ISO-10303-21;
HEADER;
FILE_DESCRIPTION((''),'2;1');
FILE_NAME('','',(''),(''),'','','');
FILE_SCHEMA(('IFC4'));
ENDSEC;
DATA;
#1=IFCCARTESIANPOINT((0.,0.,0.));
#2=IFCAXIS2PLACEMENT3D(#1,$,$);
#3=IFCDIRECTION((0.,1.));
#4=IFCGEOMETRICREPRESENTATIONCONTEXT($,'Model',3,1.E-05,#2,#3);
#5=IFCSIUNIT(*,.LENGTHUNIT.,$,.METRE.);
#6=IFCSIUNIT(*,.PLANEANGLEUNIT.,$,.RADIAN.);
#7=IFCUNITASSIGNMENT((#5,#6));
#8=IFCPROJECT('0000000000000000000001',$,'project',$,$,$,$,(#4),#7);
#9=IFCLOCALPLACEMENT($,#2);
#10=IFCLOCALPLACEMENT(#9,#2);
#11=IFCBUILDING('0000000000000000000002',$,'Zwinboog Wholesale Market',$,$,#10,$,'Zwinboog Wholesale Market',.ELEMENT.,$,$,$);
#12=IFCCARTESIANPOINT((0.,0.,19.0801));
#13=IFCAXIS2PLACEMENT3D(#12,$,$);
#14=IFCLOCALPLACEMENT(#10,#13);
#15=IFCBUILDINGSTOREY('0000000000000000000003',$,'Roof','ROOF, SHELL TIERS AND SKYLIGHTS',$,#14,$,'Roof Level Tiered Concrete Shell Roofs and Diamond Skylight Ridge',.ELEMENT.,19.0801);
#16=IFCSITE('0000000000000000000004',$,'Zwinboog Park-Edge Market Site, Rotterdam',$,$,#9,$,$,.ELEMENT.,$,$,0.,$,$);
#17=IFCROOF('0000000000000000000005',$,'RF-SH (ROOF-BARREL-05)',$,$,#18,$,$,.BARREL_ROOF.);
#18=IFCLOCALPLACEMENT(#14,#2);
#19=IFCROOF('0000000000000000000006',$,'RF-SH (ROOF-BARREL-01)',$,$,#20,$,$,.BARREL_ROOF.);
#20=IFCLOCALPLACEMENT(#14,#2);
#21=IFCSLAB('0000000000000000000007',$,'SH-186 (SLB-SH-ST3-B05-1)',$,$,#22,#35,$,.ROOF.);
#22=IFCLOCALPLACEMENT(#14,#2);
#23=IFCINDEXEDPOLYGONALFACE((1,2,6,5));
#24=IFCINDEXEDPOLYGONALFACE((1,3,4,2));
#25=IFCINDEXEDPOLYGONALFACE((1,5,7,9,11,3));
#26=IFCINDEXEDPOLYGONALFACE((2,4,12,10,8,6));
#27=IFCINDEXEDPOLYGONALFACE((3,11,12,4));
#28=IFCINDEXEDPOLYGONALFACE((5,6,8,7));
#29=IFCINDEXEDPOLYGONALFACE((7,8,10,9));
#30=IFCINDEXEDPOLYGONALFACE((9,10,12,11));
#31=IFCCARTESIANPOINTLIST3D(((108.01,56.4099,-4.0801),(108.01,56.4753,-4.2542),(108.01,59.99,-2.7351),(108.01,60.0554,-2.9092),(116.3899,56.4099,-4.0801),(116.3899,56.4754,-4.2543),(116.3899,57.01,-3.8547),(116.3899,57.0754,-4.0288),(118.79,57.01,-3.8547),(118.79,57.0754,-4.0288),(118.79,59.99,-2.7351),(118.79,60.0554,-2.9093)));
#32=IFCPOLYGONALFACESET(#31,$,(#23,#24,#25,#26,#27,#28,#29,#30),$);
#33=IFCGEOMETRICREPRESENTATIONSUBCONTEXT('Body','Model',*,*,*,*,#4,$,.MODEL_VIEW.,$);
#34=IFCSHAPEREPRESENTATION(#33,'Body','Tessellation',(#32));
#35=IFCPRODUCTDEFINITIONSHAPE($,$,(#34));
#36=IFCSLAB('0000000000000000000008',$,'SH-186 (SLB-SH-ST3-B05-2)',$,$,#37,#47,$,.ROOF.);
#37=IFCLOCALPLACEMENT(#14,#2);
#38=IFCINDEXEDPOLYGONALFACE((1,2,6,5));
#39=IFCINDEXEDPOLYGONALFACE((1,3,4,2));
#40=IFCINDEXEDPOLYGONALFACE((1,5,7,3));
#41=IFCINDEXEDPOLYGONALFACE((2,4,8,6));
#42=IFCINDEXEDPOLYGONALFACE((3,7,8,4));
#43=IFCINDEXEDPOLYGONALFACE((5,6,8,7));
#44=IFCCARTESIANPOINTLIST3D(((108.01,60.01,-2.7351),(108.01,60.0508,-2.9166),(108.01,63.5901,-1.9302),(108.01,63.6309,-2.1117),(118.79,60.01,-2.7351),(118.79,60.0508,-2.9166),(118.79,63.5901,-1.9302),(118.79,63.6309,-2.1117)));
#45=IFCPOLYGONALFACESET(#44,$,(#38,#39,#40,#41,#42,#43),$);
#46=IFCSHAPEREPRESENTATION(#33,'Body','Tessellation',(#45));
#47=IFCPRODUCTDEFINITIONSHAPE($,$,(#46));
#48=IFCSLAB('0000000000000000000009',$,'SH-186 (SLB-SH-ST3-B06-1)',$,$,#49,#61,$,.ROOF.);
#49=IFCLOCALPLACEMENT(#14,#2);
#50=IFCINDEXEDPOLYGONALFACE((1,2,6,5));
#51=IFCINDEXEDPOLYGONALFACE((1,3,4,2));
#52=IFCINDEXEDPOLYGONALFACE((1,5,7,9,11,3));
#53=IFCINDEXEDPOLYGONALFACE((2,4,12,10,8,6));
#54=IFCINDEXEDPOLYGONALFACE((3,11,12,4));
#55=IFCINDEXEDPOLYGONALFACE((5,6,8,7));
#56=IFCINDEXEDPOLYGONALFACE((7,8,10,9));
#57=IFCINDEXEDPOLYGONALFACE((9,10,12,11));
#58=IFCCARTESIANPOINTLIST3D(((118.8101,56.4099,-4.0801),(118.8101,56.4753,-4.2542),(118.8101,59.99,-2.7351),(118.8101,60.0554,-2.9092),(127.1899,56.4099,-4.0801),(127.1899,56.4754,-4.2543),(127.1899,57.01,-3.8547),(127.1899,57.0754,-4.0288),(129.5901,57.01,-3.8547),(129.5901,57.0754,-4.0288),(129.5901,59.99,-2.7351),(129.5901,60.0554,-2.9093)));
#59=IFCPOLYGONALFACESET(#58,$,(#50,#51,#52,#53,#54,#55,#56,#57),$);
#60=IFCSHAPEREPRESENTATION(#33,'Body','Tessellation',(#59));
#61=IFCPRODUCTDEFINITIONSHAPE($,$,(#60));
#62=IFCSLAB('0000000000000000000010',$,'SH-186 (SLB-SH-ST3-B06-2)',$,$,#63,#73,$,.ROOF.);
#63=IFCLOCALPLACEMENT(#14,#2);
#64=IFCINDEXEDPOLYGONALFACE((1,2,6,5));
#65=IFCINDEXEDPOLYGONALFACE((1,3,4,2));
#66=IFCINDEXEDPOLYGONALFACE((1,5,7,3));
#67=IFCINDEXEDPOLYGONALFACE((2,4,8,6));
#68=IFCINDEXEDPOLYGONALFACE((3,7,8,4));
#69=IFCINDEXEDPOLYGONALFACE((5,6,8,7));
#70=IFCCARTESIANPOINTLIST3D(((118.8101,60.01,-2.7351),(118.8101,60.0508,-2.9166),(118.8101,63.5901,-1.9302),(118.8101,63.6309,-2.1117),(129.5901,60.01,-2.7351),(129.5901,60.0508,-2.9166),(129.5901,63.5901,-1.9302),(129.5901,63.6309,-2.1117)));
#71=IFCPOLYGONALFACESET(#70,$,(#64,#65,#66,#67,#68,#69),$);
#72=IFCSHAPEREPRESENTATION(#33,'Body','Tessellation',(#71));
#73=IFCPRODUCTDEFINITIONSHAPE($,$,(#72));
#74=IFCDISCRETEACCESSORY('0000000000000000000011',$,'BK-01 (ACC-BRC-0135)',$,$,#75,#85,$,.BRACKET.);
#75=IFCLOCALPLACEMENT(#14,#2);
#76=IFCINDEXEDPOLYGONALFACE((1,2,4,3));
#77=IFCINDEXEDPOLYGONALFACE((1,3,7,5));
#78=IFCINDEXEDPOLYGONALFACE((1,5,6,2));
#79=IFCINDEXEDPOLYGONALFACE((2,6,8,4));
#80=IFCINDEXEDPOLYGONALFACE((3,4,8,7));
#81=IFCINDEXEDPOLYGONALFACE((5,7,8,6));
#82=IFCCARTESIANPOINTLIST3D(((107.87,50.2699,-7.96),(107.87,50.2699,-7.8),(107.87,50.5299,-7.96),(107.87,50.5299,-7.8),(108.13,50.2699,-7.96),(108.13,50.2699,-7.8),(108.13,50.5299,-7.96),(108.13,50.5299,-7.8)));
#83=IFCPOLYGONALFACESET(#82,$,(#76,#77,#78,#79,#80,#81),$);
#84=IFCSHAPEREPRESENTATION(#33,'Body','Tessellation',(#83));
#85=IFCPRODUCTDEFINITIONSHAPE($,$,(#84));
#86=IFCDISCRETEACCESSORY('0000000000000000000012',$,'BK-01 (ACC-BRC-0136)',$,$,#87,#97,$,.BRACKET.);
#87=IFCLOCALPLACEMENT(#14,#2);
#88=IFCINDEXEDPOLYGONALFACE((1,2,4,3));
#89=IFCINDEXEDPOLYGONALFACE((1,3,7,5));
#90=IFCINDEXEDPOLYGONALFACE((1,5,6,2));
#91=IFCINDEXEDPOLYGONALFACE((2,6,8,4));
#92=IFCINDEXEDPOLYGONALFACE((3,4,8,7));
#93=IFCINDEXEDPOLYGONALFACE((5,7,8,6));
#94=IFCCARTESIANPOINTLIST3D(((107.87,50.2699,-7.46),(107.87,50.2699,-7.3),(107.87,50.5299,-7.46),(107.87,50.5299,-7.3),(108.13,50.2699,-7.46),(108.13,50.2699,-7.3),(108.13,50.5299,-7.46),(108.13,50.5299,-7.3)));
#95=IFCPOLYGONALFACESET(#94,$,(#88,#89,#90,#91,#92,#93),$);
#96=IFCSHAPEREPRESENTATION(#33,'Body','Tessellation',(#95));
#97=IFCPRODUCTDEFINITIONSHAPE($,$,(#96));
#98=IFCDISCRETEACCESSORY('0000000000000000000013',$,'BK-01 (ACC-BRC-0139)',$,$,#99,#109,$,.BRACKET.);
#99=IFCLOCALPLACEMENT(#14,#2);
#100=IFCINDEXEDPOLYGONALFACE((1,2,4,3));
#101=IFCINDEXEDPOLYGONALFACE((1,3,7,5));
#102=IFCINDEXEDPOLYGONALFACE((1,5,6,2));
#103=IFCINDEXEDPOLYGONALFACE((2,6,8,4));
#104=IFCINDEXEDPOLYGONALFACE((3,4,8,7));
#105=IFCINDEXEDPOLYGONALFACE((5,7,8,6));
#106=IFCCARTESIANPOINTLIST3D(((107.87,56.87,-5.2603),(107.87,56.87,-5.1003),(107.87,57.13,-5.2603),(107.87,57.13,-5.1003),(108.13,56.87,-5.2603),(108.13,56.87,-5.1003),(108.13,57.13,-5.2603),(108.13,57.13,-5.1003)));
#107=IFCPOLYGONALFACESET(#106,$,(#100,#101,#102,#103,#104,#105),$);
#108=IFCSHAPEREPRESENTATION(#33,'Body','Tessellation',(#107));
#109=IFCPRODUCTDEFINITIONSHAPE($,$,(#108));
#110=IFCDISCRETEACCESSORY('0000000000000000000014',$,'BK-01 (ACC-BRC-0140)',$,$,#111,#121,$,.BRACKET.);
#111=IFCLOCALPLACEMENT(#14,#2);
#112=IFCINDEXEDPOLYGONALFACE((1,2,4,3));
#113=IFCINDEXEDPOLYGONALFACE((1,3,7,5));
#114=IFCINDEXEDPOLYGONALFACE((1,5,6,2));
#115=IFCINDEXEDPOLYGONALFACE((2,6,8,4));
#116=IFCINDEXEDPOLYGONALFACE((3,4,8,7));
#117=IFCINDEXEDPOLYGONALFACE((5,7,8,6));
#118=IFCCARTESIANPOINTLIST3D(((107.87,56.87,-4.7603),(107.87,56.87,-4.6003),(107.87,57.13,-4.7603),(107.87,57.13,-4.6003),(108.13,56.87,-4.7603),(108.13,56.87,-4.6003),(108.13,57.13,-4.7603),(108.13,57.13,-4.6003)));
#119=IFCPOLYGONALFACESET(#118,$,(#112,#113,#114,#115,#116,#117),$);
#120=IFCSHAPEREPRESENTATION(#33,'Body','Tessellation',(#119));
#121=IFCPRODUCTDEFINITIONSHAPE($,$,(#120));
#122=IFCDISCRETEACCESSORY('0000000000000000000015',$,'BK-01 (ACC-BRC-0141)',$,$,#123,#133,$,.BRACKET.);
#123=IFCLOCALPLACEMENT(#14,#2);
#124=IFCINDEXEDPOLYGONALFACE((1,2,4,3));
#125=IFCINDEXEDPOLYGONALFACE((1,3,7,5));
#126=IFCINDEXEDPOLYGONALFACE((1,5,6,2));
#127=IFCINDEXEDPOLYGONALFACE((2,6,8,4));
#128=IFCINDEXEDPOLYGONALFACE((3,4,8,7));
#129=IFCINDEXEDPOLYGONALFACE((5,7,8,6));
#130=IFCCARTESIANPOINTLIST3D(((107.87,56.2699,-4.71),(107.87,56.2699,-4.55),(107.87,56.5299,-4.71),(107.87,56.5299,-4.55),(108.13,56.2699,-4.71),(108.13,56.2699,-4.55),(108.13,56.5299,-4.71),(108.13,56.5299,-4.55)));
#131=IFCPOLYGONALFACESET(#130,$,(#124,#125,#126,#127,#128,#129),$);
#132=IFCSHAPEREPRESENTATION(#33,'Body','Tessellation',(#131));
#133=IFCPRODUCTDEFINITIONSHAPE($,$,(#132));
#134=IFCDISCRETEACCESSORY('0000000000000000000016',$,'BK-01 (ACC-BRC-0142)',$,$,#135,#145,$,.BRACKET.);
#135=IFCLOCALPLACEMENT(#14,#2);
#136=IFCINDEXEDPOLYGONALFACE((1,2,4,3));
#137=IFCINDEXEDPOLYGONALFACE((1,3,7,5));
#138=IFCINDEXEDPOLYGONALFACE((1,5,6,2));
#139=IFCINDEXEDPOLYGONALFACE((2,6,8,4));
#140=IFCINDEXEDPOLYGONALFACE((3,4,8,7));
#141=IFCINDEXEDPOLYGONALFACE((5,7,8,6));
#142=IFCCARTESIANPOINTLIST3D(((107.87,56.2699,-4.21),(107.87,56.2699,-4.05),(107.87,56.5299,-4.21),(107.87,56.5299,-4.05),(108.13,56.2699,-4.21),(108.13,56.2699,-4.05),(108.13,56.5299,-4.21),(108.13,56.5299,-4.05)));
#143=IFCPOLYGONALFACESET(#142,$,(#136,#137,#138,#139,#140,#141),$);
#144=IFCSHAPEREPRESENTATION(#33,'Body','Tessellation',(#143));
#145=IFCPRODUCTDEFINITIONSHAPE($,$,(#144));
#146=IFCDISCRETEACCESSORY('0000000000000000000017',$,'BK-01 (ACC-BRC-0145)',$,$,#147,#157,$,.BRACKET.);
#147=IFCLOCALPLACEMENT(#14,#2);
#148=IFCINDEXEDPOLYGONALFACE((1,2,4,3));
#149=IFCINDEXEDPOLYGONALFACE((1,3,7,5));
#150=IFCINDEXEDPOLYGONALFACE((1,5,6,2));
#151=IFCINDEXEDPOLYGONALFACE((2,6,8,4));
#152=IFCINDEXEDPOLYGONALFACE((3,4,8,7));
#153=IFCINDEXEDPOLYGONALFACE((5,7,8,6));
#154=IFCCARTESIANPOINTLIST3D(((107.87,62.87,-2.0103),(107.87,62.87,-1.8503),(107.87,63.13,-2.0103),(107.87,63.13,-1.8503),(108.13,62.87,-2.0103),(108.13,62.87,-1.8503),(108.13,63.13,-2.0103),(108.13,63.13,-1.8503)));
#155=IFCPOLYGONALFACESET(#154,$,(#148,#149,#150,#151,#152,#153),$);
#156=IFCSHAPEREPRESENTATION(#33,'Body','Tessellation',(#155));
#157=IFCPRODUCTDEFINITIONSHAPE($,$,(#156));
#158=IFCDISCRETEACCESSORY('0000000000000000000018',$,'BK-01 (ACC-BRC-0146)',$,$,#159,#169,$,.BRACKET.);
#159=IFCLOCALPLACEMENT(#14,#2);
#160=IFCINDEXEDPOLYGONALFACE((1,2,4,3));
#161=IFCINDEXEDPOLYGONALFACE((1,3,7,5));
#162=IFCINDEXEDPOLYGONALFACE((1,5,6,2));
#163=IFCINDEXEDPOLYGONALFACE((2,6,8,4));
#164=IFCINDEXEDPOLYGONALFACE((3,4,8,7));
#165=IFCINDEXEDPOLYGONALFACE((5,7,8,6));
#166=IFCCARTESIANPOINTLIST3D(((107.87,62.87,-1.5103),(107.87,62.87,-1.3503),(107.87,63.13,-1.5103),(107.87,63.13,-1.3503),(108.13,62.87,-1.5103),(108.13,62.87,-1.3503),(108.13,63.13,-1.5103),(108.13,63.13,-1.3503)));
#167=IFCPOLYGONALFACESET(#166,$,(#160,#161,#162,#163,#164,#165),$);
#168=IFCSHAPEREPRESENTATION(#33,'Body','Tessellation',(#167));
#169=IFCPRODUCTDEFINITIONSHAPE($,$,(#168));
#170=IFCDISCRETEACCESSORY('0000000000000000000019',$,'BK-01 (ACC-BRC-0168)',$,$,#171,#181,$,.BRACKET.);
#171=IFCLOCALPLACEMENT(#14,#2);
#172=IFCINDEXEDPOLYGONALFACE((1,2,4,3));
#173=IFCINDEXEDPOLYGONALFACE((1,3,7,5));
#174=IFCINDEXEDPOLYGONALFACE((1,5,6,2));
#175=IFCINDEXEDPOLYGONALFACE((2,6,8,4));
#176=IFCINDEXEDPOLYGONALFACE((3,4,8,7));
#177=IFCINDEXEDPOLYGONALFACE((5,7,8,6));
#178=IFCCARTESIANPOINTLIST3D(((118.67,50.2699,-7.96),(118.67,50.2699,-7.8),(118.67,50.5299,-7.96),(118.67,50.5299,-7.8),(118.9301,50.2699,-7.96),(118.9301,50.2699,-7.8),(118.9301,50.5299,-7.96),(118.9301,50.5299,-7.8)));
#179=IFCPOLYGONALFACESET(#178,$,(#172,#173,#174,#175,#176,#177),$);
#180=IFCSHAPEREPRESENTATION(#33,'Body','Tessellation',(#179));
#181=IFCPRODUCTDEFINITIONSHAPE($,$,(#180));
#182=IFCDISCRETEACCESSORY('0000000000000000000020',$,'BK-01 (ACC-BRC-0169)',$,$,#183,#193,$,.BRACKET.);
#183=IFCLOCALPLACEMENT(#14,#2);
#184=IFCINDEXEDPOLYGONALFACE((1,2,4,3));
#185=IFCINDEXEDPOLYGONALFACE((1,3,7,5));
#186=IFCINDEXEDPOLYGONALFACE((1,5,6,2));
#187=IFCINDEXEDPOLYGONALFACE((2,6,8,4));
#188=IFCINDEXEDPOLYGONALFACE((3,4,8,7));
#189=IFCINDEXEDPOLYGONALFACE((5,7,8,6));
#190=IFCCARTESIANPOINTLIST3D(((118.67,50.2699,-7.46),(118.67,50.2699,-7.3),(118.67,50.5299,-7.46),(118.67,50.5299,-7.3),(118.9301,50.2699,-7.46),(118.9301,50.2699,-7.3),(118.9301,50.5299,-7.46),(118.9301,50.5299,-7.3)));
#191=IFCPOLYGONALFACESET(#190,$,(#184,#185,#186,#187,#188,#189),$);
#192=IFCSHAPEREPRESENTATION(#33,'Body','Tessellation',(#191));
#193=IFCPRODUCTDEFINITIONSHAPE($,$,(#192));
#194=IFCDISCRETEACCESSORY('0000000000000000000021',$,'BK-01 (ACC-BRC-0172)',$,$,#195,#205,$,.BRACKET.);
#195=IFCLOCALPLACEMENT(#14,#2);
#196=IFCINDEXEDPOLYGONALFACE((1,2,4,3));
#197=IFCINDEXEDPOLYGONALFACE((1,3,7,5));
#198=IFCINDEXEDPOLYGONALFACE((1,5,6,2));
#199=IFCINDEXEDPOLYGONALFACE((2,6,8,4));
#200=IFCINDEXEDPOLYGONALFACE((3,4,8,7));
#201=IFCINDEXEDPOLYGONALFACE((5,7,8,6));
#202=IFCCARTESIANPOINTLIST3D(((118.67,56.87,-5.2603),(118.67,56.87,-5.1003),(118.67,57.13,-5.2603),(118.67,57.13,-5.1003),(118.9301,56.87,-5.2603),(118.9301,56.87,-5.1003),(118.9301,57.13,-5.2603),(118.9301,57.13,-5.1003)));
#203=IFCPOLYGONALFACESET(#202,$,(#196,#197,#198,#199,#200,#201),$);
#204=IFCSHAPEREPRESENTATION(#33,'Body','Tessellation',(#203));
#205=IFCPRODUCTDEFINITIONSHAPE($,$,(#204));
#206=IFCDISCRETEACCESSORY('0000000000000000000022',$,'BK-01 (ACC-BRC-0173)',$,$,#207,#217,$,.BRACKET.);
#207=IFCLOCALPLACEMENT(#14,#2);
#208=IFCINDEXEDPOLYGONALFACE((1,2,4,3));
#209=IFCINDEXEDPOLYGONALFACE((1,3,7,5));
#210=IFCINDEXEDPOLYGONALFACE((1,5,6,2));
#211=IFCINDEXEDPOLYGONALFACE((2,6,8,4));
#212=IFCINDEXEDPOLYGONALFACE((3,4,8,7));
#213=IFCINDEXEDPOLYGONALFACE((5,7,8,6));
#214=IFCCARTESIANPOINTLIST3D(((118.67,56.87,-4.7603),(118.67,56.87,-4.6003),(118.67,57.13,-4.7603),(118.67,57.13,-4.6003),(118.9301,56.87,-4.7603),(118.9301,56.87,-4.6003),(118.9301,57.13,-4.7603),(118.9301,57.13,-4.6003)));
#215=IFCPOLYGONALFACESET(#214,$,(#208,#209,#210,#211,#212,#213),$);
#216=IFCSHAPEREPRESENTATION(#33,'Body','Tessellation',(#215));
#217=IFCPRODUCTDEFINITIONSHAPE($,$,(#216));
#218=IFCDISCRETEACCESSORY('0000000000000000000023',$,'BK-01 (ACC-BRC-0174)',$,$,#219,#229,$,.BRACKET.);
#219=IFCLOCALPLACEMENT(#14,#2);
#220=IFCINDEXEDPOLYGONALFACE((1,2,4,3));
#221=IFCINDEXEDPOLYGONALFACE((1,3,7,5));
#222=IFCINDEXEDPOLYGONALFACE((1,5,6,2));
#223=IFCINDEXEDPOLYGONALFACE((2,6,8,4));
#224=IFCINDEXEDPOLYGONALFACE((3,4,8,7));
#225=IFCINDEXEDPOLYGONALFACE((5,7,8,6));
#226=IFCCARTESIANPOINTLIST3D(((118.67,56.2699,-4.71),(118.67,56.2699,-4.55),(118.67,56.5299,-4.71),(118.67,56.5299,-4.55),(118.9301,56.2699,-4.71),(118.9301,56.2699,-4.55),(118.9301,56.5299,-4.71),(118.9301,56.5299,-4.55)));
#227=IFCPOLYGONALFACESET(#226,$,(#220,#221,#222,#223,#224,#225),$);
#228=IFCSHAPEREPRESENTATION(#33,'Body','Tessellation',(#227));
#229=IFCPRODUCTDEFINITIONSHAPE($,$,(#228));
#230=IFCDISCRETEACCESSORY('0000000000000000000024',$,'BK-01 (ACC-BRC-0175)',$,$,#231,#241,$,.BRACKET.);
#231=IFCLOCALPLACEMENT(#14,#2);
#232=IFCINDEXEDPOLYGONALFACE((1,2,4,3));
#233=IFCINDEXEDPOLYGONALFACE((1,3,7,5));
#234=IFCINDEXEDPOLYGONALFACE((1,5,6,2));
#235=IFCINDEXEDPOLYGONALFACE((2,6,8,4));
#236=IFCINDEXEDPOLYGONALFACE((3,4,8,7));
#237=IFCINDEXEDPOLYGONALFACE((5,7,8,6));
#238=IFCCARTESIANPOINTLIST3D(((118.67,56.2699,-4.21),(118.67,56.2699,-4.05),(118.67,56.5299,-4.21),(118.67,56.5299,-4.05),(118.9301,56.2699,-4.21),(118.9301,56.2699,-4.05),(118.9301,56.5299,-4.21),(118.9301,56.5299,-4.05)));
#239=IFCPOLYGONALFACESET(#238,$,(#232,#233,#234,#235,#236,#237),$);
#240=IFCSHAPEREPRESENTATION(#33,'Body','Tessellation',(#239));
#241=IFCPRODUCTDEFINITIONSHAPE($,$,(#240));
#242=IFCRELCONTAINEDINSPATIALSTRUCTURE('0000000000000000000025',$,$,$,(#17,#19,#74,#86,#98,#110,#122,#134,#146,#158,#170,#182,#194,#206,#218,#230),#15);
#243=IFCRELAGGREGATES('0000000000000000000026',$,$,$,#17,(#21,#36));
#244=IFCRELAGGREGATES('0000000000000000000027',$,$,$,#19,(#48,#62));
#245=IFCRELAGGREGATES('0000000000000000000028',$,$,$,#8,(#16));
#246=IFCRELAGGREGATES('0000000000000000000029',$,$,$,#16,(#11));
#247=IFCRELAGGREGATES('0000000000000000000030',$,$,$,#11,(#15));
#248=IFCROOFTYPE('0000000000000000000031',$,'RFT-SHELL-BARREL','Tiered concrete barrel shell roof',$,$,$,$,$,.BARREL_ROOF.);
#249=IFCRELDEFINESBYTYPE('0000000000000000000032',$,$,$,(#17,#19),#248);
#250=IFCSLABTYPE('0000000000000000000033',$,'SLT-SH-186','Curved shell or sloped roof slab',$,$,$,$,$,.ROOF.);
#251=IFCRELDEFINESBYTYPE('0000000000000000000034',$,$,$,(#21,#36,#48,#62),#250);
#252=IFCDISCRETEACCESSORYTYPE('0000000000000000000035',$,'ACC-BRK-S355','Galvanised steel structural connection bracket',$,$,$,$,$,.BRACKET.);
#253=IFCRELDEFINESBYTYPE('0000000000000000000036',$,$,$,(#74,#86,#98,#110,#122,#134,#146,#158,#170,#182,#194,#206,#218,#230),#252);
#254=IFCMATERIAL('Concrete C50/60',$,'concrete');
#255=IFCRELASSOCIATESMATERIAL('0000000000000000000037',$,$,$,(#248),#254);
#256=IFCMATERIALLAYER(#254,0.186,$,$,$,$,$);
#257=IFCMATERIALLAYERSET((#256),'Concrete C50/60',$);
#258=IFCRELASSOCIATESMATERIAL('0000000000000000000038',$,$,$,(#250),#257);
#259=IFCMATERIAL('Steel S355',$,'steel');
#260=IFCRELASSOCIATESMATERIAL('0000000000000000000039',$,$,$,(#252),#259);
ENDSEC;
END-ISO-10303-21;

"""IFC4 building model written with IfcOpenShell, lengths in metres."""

from ifc_helpers import new_model, si_unit, direction, frame, origin, origin_2d, place, context, subcontext, project, spatial, polyline, rectangle, outline, extrude, material, layer, layer_set, type_object, element, aggregate, save


model = new_model("IFC4")

# Units and contexts
model_context = context("Model", 3, precision=1e-05, world=origin(), true_north=direction((0.0, 1.0)))
body_context = subcontext(model_context, "Body", "Model", "MODEL_VIEW")
ifc_project = project(units=[si_unit("LENGTHUNIT", "METRE"), si_unit("PLANEANGLEUNIT", "RADIAN")], contexts=[model_context])

# Site, building, storey
site_placement = place(None, origin())
site = spatial("IfcSite", under=ifc_project, at=site_placement, Name="Zwinboog Park-Edge Market Site, Rotterdam", CompositionType="ELEMENT", RefElevation=0.0)
building_placement = place(site_placement, origin())
building = spatial("IfcBuilding", under=site, at=building_placement, Name="Zwinboog Wholesale Market", LongName="Zwinboog Wholesale Market", CompositionType="ELEMENT")
storey_placement = place(building_placement, frame((0.0, 0.0, 19.0801)))
storey = spatial("IfcBuildingStorey", under=building, at=storey_placement, Name="Roof", Description="ROOF, SHELL TIERS AND SKYLIGHTS", LongName="Roof Level Tiered Concrete Shell Roofs and Diamond Skylight Ridge", CompositionType="ELEMENT", Elevation=19.0801)

# Shared definitions
ifc_material_1 = material(Name="Steel S355", Category="steel")

# Roofs
ifc_material_2 = material(Name="Concrete C50/60", Category="concrete")
roof_type = type_object("IfcRoofType", Name="RFT-SHELL-BARREL", Description="Tiered concrete barrel shell roof", PredefinedType="BARREL_ROOF", material=ifc_material_2)
roof_1_placement = place(storey_placement, origin())
roof_1 = element("IfcRoof", 1, at=roof_1_placement, inside=storey, type_object=roof_type, Name="RF-SH (ROOF-BARREL-05)", PredefinedType="BARREL_ROOF")
roof_2_placement = place(storey_placement, origin())
roof_2 = element("IfcRoof", 2, at=roof_2_placement, inside=storey, type_object=roof_type, Name="RF-SH (ROOF-BARREL-01)", PredefinedType="BARREL_ROOF")

# Slabs
ifc_layer_1 = layer(ifc_material_2, 0.186)
ifc_layer_set_1 = layer_set([ifc_layer_1], Name="Concrete C50/60")
slab_type_1 = type_object("IfcSlabType", Name="SLT-SH-186", Description="Curved shell or sloped roof slab", PredefinedType="ROOF", material=ifc_layer_set_1)
slab_1_placement = place(storey_placement, frame((108.01, 56.4099, -4.0801), z_axis=(0.000005, -0.351689, 0.936117), x_axis=(1.0, 0.000002, -0.000004)))
slab_1 = element("IfcSlab", 3, at=slab_1_placement, type_object=slab_type_1, Name="SH-186 (SLB-SH-ST3-B05-1)", PredefinedType="ROOF", context=body_context, shape_type="SweptSolid", body=[
    extrude(outline(polyline([(0.0, 0.0), (8.3799, 0.0), (8.3799, 0.641), (10.78, 0.641), (10.78, 3.8244), (0.0, 3.8244), (0.0, 0.0)])), origin(), (0.0, 0.0, -1.0), 0.186),
])
slab_2_placement = place(storey_placement, frame((108.01, 60.01, -2.7351), z_axis=(0.0, -0.21936, 0.975644), x_axis=(1.0, 0.0, 0.0)))
slab_2 = element("IfcSlab", 4, at=slab_2_placement, type_object=slab_type_1, Name="SH-186 (SLB-SH-ST3-B05-2)", PredefinedType="ROOF", context=body_context, shape_type="SweptSolid", body=[
    extrude(outline(polyline([(0.0, 0.0), (10.78, 0.0), (10.78, 3.6695), (0.0, 3.6695), (0.0, 0.0)])), origin(), (0.0, 0.0, -1.0), 0.186),
])
aggregate(roof_1, [slab_1, slab_2])
slab_3_placement = place(storey_placement, frame((118.8101, 56.4099, -4.0801), z_axis=(0.000005, -0.351689, 0.936117), x_axis=(1.0, 0.000002, -0.000004)))
slab_3 = element("IfcSlab", 5, at=slab_3_placement, type_object=slab_type_1, Name="SH-186 (SLB-SH-ST3-B06-1)", PredefinedType="ROOF", context=body_context, shape_type="SweptSolid", body=[
    extrude(outline(polyline([(0.0, 0.0), (8.3799, 0.0), (8.3799, 0.641), (10.78, 0.641), (10.78, 3.8244), (0.0, 3.8244), (0.0, 0.0)])), origin(), (0.0, 0.0, -1.0), 0.186),
])
slab_4_placement = place(storey_placement, frame((118.8101, 60.01, -2.7351), z_axis=(0.0, -0.21936, 0.975644), x_axis=(1.0, 0.0, 0.0)))
slab_4 = element("IfcSlab", 6, at=slab_4_placement, type_object=slab_type_1, Name="SH-186 (SLB-SH-ST3-B06-2)", PredefinedType="ROOF", context=body_context, shape_type="SweptSolid", body=[
    extrude(outline(polyline([(0.0, 0.0), (10.78, 0.0), (10.78, 3.6695), (0.0, 3.6695), (0.0, 0.0)])), origin(), (0.0, 0.0, -1.0), 0.186),
])
aggregate(roof_2, [slab_3, slab_4])

# Discrete accessories
discrete_accessory_type = type_object("IfcDiscreteAccessoryType", Name="ACC-BRK-S355", Description="Galvanised steel structural connection bracket", PredefinedType="BRACKET", material=ifc_material_1)
for number, where, z_axis, x_axis, name in (
    (7, (108.0, 50.3999, -7.96), (0.0, 0.0, 1.0), (1.0, 0.0, 0.0), "BK-01 (ACC-BRC-0135)"),
    (8, (108.0, 50.3999, -7.46), (0.0, 0.0, 1.0), (1.0, 0.0, 0.0), "BK-01 (ACC-BRC-0136)"),
    (9, (108.0, 57.0, -5.2603), (0.0, 0.0, 1.0), (1.0, 0.0, 0.0), "BK-01 (ACC-BRC-0139)"),
    (10, (108.0, 57.0, -4.7603), (0.0, 0.0, 1.0), (1.0, 0.0, 0.0), "BK-01 (ACC-BRC-0140)"),
    (11, (108.0, 56.3999, -4.71), (0.0, 0.0, 1.0), (1.0, 0.0, 0.0), "BK-01 (ACC-BRC-0141)"),
    (12, (108.0, 56.3999, -4.21), (0.0, 0.0, 1.0), (1.0, 0.0, 0.0), "BK-01 (ACC-BRC-0142)"),
    (13, (108.0, 63.0, -2.0103), (0.0, 0.0, 1.0), (1.0, 0.0, 0.0), "BK-01 (ACC-BRC-0145)"),
    (14, (108.0, 63.0, -1.5103), (0.0, 0.0, 1.0), (1.0, 0.0, 0.0), "BK-01 (ACC-BRC-0146)"),
    (15, (118.8, 50.3999, -7.96), (0.0, 0.0, 1.0), (1.0, 0.0, 0.0), "BK-01 (ACC-BRC-0168)"),
    (16, (118.8, 50.3999, -7.46), (0.0, 0.0, 1.0), (1.0, 0.0, 0.0), "BK-01 (ACC-BRC-0169)"),
    (17, (118.8, 57.0, -5.2603), (0.0, 0.0, 1.0), (1.0, 0.0, 0.0), "BK-01 (ACC-BRC-0172)"),
    (18, (118.8, 57.0, -4.7603), (0.0, 0.0, 1.0), (1.0, 0.0, 0.0), "BK-01 (ACC-BRC-0173)"),
    (19, (118.8, 56.3999, -4.71), (0.0, 0.0, 1.0), (1.0, 0.0, 0.0), "BK-01 (ACC-BRC-0174)"),
    (20, (118.8, 56.3999, -4.21), (0.0, 0.0, 1.0), (1.0, 0.0, 0.0), "BK-01 (ACC-BRC-0175)"),
):
    element("IfcDiscreteAccessory", number, at=place(storey_placement, frame(where, z_axis=z_axis, x_axis=x_axis)), inside=storey, type_object=discrete_accessory_type, Name=name, PredefinedType="BRACKET", context=body_context, shape_type="SweptSolid", body=[
        extrude(rectangle(XDim=0.26, YDim=0.26, at=origin_2d()), origin(), (0.0, 0.0, 1.0), 0.1599),
    ])

save(model, "model.ifc")
